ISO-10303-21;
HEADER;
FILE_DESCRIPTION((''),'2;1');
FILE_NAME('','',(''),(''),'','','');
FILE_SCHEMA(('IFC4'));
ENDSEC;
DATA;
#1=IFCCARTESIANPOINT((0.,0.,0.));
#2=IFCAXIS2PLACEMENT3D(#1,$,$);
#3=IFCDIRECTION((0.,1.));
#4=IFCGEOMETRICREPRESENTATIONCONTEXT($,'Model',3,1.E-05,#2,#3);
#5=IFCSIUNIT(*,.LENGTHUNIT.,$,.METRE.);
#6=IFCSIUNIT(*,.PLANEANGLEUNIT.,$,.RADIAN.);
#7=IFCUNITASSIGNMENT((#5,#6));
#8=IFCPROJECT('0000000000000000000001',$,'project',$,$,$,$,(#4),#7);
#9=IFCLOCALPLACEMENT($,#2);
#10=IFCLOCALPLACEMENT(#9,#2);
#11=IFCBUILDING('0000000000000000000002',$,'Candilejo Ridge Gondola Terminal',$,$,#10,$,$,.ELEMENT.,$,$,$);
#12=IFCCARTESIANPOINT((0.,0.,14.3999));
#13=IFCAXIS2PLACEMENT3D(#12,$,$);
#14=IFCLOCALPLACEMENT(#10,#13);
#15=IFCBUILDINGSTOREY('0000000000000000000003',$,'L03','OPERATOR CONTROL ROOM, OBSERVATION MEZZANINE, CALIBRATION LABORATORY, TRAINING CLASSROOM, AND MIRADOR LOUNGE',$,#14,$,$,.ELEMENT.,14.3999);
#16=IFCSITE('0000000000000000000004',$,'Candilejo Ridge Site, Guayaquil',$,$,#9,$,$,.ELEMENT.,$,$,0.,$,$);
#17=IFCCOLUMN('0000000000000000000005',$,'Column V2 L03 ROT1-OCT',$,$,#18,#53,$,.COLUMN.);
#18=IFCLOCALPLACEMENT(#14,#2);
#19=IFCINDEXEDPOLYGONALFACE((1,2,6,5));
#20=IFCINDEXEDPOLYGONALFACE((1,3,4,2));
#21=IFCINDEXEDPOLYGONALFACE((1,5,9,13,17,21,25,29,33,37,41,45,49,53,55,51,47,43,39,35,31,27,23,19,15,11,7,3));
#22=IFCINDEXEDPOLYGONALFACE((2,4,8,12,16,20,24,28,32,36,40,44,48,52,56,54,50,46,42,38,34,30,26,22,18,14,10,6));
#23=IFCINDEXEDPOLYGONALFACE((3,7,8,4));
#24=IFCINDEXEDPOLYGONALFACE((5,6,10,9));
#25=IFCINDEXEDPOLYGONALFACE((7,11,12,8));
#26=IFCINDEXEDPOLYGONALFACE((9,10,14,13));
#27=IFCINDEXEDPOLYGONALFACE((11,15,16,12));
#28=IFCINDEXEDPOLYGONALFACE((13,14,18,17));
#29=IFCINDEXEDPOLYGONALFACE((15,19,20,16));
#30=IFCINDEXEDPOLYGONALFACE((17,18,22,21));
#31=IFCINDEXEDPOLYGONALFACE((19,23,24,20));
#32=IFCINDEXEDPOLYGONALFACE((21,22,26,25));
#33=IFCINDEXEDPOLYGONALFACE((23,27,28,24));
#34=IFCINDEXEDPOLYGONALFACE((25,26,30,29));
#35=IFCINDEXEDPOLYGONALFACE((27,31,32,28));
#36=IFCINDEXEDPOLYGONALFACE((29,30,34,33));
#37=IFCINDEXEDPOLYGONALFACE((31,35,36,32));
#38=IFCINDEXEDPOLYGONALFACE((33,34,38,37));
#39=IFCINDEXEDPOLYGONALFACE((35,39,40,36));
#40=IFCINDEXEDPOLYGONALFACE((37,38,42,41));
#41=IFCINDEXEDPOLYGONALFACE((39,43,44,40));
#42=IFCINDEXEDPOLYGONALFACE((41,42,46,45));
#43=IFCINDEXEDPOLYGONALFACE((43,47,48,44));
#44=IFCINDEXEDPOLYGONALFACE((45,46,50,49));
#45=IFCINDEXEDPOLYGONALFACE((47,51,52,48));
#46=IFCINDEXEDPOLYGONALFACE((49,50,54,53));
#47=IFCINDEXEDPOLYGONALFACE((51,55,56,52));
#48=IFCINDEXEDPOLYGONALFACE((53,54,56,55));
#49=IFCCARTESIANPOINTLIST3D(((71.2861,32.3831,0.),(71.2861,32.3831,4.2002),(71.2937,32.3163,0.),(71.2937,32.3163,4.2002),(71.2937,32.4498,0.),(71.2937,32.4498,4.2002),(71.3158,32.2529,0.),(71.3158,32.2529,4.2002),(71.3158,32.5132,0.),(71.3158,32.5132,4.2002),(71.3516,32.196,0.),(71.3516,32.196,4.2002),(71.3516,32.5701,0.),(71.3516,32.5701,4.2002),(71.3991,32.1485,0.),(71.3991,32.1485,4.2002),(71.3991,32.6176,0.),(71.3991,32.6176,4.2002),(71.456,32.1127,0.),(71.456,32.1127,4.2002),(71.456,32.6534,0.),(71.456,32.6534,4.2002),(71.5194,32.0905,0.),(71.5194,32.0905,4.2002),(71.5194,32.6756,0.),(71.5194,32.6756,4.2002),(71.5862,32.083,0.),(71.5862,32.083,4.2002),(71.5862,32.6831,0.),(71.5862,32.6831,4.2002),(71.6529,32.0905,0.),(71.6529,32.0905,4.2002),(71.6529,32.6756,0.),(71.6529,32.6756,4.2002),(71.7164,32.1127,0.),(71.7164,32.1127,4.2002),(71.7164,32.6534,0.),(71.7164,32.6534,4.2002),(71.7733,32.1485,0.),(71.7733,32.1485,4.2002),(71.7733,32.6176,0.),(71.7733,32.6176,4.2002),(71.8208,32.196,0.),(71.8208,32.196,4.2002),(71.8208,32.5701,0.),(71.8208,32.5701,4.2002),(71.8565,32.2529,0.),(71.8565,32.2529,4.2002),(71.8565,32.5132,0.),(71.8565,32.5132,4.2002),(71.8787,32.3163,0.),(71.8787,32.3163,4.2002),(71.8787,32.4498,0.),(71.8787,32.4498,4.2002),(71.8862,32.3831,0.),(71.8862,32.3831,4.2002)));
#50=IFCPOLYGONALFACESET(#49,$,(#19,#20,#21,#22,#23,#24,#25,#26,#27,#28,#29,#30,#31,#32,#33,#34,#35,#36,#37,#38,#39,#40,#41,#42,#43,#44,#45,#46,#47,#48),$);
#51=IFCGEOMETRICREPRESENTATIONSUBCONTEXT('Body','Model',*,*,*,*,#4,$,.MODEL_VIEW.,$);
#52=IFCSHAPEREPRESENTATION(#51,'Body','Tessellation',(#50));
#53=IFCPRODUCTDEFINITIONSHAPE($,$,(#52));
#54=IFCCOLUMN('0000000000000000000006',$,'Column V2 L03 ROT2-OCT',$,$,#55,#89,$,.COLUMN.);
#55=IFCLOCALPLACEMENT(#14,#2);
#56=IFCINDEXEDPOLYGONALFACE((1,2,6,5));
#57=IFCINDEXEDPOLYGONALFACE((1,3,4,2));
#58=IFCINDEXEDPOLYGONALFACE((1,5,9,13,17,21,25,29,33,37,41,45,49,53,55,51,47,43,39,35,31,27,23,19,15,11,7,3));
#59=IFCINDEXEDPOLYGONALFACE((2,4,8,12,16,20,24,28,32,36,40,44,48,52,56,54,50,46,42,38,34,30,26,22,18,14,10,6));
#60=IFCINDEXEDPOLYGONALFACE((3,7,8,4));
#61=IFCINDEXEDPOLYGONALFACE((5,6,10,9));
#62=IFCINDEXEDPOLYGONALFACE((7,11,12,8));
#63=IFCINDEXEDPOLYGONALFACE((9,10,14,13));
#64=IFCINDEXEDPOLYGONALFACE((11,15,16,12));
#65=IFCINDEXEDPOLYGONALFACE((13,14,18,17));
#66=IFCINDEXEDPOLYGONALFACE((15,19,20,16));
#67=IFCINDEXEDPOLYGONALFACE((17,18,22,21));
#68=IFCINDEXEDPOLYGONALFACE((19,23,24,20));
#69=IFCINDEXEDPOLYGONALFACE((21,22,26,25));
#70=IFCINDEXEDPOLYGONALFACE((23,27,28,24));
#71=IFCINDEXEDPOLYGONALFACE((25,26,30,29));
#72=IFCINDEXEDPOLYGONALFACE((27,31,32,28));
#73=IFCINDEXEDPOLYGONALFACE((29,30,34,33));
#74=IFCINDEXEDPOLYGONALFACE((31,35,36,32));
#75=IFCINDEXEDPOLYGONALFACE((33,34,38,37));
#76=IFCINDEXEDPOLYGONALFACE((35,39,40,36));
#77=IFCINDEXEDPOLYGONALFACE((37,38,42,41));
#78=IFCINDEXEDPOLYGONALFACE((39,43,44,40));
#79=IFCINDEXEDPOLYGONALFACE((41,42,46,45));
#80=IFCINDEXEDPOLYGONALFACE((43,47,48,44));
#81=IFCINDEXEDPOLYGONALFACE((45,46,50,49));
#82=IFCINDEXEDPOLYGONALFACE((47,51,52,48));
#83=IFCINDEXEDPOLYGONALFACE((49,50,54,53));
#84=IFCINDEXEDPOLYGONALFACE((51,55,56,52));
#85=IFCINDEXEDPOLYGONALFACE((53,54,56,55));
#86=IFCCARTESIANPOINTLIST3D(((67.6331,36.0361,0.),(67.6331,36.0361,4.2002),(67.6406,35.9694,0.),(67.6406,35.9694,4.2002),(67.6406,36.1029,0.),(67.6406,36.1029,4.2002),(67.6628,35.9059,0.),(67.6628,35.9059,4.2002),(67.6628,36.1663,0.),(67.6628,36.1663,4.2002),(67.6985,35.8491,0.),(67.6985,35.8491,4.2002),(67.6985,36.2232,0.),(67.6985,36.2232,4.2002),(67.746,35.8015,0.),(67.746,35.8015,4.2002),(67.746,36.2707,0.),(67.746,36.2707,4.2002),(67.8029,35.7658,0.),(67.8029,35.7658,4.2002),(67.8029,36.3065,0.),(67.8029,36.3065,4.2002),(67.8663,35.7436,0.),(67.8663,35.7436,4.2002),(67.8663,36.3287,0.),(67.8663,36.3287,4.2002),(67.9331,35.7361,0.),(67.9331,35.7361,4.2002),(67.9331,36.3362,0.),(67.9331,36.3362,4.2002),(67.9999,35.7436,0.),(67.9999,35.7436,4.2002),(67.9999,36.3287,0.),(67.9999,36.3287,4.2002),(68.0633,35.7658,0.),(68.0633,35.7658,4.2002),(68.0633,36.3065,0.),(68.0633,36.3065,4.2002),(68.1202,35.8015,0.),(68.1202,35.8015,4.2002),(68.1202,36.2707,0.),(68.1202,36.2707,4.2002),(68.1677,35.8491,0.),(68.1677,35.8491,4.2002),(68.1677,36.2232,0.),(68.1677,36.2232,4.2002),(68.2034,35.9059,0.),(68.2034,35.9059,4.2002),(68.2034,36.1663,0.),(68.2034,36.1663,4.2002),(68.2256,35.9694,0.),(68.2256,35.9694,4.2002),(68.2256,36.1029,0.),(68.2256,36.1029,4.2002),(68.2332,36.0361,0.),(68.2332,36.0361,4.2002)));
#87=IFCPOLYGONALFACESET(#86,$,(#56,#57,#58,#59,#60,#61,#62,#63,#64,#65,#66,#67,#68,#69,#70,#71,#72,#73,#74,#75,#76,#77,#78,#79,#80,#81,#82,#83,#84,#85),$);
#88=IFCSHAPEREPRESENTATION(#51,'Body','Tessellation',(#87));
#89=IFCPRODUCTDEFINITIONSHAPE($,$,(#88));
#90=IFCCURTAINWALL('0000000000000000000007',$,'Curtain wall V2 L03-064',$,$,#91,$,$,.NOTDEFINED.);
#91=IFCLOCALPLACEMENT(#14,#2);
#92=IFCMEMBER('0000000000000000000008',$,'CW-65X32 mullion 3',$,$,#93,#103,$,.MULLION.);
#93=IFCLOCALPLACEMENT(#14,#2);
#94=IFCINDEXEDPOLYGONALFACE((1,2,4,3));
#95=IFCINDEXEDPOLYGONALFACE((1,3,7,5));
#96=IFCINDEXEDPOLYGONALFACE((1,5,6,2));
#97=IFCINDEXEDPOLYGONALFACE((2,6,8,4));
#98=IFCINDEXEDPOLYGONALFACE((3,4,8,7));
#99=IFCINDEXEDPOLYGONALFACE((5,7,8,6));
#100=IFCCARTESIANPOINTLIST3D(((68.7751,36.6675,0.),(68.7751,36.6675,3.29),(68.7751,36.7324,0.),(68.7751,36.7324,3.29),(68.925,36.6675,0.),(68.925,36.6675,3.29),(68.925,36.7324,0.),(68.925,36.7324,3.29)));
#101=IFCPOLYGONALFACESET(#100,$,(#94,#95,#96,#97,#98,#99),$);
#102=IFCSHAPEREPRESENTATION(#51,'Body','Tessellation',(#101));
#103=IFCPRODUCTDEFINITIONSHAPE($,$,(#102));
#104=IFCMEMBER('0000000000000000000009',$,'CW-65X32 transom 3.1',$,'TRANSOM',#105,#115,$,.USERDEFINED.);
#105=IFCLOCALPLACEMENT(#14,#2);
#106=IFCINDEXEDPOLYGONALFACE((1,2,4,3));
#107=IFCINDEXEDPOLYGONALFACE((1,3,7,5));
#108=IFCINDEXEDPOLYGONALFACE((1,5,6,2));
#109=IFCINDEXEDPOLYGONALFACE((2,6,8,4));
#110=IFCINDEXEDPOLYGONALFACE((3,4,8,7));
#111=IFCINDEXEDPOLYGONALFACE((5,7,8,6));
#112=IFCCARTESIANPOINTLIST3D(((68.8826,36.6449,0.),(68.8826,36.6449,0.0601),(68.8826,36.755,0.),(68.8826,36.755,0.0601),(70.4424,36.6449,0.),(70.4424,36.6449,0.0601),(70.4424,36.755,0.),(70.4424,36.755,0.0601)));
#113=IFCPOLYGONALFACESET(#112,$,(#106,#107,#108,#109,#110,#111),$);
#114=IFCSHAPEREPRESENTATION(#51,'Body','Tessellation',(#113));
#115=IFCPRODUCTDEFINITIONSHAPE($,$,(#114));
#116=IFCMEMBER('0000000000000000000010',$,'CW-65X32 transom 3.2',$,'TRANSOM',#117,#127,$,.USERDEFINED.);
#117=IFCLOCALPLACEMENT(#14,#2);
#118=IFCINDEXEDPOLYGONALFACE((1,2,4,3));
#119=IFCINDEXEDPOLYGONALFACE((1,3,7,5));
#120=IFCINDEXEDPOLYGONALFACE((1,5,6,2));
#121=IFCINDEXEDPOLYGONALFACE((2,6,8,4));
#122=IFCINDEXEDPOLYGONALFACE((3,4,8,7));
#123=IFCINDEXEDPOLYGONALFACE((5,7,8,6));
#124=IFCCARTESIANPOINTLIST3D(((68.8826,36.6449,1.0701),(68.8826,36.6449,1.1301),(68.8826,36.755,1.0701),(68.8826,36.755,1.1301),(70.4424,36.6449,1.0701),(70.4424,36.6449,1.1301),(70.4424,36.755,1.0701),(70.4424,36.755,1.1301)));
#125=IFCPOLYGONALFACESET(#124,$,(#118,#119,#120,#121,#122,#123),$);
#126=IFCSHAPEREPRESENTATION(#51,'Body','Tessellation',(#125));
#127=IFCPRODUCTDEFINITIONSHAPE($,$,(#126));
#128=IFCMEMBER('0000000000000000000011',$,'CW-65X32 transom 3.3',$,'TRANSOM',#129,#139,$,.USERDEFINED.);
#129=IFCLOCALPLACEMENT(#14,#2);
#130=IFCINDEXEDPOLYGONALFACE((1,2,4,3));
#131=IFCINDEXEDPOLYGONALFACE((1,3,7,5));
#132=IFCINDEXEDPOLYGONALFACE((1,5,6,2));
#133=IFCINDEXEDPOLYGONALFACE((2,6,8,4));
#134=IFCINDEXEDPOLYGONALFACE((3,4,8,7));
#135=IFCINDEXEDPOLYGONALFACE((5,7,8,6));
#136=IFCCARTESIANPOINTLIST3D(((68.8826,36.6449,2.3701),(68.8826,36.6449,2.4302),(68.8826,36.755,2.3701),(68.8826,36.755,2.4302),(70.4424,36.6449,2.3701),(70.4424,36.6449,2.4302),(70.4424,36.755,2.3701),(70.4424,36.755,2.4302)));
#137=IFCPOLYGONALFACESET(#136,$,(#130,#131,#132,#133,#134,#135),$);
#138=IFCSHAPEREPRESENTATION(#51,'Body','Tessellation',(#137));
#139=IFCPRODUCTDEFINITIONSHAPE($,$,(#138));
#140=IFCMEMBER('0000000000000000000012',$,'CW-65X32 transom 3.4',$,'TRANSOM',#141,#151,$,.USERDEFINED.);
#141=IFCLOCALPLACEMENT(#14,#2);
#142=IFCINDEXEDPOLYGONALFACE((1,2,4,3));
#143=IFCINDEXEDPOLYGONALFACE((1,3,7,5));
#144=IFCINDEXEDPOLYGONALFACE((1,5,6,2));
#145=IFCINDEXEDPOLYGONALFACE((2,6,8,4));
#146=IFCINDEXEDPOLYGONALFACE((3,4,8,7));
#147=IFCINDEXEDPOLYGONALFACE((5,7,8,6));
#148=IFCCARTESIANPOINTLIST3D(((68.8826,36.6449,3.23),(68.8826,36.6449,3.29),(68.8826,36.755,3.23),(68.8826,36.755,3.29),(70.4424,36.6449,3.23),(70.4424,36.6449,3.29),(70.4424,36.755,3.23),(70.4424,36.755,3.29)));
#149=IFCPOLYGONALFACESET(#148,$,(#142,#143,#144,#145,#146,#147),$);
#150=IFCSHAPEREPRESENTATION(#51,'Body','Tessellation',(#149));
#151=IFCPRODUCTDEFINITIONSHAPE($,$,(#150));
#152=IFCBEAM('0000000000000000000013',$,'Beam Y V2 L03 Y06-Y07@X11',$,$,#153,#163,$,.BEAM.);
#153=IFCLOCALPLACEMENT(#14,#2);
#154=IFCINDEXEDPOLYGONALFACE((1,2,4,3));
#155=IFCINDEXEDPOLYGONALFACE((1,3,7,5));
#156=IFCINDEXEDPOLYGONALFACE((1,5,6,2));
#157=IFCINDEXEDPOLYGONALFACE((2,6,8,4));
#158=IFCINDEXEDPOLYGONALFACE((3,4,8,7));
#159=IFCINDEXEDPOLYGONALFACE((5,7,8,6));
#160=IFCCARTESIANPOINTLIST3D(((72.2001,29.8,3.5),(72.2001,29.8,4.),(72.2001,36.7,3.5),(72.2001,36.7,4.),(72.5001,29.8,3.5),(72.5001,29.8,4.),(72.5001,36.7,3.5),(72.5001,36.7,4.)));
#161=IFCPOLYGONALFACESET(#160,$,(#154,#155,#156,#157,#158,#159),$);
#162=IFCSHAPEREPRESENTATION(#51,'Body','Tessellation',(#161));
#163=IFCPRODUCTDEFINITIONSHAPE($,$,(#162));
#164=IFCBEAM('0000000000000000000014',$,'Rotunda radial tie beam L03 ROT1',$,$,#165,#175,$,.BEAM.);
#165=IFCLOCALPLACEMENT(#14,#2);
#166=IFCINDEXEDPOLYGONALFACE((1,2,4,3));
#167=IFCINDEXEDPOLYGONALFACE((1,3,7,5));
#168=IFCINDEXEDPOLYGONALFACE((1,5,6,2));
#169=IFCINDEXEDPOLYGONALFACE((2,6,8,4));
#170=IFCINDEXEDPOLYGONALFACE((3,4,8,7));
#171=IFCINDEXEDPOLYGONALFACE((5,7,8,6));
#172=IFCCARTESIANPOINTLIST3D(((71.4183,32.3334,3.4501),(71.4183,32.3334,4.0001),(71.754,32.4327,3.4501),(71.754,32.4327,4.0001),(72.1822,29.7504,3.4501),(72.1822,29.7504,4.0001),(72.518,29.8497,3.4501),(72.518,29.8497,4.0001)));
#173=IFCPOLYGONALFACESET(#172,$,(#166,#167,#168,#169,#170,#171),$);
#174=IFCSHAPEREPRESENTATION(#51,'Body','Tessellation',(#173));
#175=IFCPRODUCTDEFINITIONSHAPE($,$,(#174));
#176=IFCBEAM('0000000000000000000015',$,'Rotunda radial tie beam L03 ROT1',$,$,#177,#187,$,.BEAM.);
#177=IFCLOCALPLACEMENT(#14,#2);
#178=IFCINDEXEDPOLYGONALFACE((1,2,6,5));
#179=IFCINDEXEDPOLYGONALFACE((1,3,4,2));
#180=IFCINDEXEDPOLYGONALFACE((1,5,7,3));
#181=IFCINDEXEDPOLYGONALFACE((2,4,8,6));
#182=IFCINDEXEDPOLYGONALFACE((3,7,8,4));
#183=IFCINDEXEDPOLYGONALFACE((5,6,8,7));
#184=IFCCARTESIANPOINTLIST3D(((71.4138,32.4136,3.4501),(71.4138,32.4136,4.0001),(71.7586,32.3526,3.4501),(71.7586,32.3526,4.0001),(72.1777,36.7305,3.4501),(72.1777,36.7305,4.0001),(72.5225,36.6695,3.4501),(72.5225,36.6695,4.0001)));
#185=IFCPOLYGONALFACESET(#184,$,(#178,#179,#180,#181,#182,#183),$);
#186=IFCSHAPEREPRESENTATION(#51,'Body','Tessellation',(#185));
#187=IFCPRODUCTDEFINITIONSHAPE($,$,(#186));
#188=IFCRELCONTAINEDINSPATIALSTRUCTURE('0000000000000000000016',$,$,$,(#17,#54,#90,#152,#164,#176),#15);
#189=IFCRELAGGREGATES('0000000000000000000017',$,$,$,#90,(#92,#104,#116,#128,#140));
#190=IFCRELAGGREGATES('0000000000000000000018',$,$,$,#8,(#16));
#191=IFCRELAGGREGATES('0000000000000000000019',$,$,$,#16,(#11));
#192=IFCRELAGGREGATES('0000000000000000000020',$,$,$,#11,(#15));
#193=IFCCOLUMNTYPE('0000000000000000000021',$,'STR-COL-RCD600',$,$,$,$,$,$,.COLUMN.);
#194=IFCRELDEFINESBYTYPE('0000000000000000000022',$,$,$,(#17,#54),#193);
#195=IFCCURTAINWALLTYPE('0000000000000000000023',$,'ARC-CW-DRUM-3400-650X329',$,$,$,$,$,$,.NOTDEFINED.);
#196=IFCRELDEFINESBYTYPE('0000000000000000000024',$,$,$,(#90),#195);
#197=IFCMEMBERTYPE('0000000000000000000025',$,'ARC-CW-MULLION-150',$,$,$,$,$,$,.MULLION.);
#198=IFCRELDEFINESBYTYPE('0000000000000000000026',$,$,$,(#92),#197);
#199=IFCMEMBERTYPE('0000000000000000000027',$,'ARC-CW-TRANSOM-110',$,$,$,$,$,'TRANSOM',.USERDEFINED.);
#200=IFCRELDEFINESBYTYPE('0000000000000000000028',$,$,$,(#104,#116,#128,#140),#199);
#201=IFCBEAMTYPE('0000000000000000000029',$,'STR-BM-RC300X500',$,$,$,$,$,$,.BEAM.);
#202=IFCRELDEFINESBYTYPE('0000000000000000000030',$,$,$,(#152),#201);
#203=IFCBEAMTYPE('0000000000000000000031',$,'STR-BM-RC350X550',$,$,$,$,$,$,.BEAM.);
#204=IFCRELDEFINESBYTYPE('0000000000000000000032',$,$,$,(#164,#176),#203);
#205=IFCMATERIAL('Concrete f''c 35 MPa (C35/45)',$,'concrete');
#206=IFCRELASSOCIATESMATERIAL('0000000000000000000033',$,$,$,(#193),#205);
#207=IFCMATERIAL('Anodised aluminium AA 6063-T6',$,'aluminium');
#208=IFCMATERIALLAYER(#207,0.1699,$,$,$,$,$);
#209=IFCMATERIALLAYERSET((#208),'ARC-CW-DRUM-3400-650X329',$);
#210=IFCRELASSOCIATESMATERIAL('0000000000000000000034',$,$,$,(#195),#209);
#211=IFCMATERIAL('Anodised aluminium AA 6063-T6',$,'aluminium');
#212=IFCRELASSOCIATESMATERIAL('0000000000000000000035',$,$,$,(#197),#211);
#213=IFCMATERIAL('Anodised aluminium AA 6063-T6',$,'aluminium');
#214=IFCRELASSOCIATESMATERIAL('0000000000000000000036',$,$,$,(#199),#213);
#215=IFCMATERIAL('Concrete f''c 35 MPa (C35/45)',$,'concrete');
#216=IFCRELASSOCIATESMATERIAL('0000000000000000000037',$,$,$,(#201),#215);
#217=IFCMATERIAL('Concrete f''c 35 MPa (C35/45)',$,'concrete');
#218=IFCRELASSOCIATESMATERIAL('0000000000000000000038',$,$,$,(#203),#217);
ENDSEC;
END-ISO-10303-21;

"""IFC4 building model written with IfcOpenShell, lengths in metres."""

from ifc_helpers import new_model, si_unit, direction, frame, origin, origin_2d, place, context, subcontext, project, spatial, rectangle, circle, extrude, material, layer, layer_set, material_profile, profile_set, type_object, element, aggregate, save


model = new_model("IFC4")

# Units and contexts
model_context = context("Model", 3, precision=1e-05, world=origin(), true_north=direction((0.0, 1.0)))
body_context = subcontext(model_context, "Body", "Model", "MODEL_VIEW")
ifc_project = project(units=[si_unit("LENGTHUNIT", "METRE"), si_unit("PLANEANGLEUNIT", "RADIAN")], contexts=[model_context])

# Site, building, storey
site_placement = place(None, origin())
site = spatial("IfcSite", under=ifc_project, at=site_placement, Name="Candilejo Ridge Site, Guayaquil", CompositionType="ELEMENT", RefElevation=0.0)
building_placement = place(site_placement, origin())
building = spatial("IfcBuilding", under=site, at=building_placement, Name="Candilejo Ridge Gondola Terminal", CompositionType="ELEMENT")
storey_placement = place(building_placement, frame((0.0, 0.0, 14.3999)))
storey = spatial("IfcBuildingStorey", under=building, at=storey_placement, Name="L03", Description="OPERATOR CONTROL ROOM, OBSERVATION MEZZANINE, CALIBRATION LABORATORY, TRAINING CLASSROOM, AND MIRADOR LOUNGE", CompositionType="ELEMENT", Elevation=14.3999)

# Columns
ifc_material_1 = material(Name="Concrete f'c 35 MPa (C35/45)", Category="concrete")
ifc_material_profile_1 = material_profile(ifc_material_1, circle(Radius=0.3, at=origin_2d()))
ifc_profile_set_1 = profile_set([ifc_material_profile_1], Name="Concrete f'c 35 MPa (C35/45)")
column_type = type_object("IfcColumnType", Name="STR-COL-RCD600", PredefinedType="COLUMN", material=ifc_profile_set_1)
for number, where, z_axis, x_axis, name in (
    (1, (71.5862, 32.3831, 0.0), (0.0, 0.0, 1.0), (1.0, 0.0, 0.0), "Column V2 L03 ROT1-OCT"),
    (2, (67.9331, 36.0361, 0.0), (0.0, 0.0, 1.0), (1.0, 0.0, 0.0), "Column V2 L03 ROT2-OCT"),
):
    element("IfcColumn", number, at=place(storey_placement, frame(where, z_axis=z_axis, x_axis=x_axis)), inside=storey, type_object=column_type, Name=name, PredefinedType="COLUMN", context=body_context, shape_type="SweptSolid", body=[
        extrude(circle(Radius=0.3, at=origin_2d()), origin(), (0.0, 0.0, 1.0), 4.2002),
    ])

# Curtain wall, members
ifc_material_2 = material(Name="Anodised aluminium AA 6063-T6", Category="aluminium")
ifc_layer_1 = layer(ifc_material_2, 0.1699)
ifc_layer_set_1 = layer_set([ifc_layer_1], Name="ARC-CW-DRUM-3400-650X329")
curtain_wall_type = type_object("IfcCurtainWallType", Name="ARC-CW-DRUM-3400-650X329", PredefinedType="NOTDEFINED", material=ifc_layer_set_1)
curtain_wall_placement = place(storey_placement, origin())
curtain_wall = element("IfcCurtainWall", 3, at=curtain_wall_placement, inside=storey, type_object=curtain_wall_type, Name="Curtain wall V2 L03-064", PredefinedType="NOTDEFINED")
ifc_material_3 = material(Name="Anodised aluminium AA 6063-T6", Category="aluminium")
ifc_material_profile_2 = material_profile(ifc_material_3, rectangle(XDim=0.0649, YDim=0.1499, at=origin_2d()))
ifc_profile_set_2 = profile_set([ifc_material_profile_2], Name="Anodised aluminium AA 6063-T6")
member_type_1 = type_object("IfcMemberType", Name="ARC-CW-MULLION-150", PredefinedType="MULLION", material=ifc_profile_set_2)
member_1_placement = place(storey_placement, frame((68.8501, 36.7, 0.0), z_axis=(0.0, 0.0, 1.0), x_axis=(0.0, 1.0, 0.0)))
member_1 = element("IfcMember", 4, at=member_1_placement, type_object=member_type_1, Name="CW-65X32 mullion 3", PredefinedType="MULLION", context=body_context, shape_type="SweptSolid", body=[
    extrude(rectangle(XDim=0.0649, YDim=0.1499, at=origin_2d()), origin(), (0.0, 0.0, 1.0), 3.29),
])
ifc_material_4 = material(Name="Anodised aluminium AA 6063-T6", Category="aluminium")
ifc_material_profile_3 = material_profile(ifc_material_4, rectangle(XDim=0.1101, YDim=0.0601, at=origin_2d()))
ifc_profile_set_3 = profile_set([ifc_material_profile_3], Name="Anodised aluminium AA 6063-T6")
member_type_2 = type_object("IfcMemberType", Name="ARC-CW-TRANSOM-110", ElementType="TRANSOM", PredefinedType="USERDEFINED", material=ifc_profile_set_3)
member_2_placement = place(storey_placement, frame((68.8826, 36.7, 0.03), z_axis=(1.0, 0.0, 0.0), x_axis=(0.0, 1.0, 0.0)))
member_2 = element("IfcMember", 5, at=member_2_placement, type_object=member_type_2, Name="CW-65X32 transom 3.1", ObjectType="TRANSOM", PredefinedType="USERDEFINED", context=body_context, shape_type="SweptSolid", body=[
    extrude(rectangle(XDim=0.1101, YDim=0.0601, at=origin_2d()), origin(), (0.0, 0.0, 1.0), 1.5598),
])
member_3_placement = place(storey_placement, frame((68.8826, 36.7, 1.1001), z_axis=(1.0, 0.0, 0.0), x_axis=(0.0, 1.0, 0.0)))
member_3 = element("IfcMember", 6, at=member_3_placement, type_object=member_type_2, Name="CW-65X32 transom 3.2", ObjectType="TRANSOM", PredefinedType="USERDEFINED", context=body_context, shape_type="SweptSolid", body=[
    extrude(rectangle(XDim=0.1101, YDim=0.0601, at=origin_2d()), origin(), (0.0, 0.0, 1.0), 1.5598),
])
member_4_placement = place(storey_placement, frame((68.8826, 36.7, 2.4001), z_axis=(1.0, 0.0, 0.0), x_axis=(0.0, 1.0, 0.0)))
member_4 = element("IfcMember", 7, at=member_4_placement, type_object=member_type_2, Name="CW-65X32 transom 3.3", ObjectType="TRANSOM", PredefinedType="USERDEFINED", context=body_context, shape_type="SweptSolid", body=[
    extrude(rectangle(XDim=0.1101, YDim=0.0601, at=origin_2d()), origin(), (0.0, 0.0, 1.0), 1.5598),
])
member_5_placement = place(storey_placement, frame((68.8826, 36.7, 3.26), z_axis=(1.0, 0.0, 0.0), x_axis=(0.0, 1.0, 0.0)))
member_5 = element("IfcMember", 8, at=member_5_placement, type_object=member_type_2, Name="CW-65X32 transom 3.4", ObjectType="TRANSOM", PredefinedType="USERDEFINED", context=body_context, shape_type="SweptSolid", body=[
    extrude(rectangle(XDim=0.1101, YDim=0.0601, at=origin_2d()), origin(), (0.0, 0.0, 1.0), 1.5598),
])

# Beams
ifc_material_5 = material(Name="Concrete f'c 35 MPa (C35/45)", Category="concrete")
ifc_material_profile_4 = material_profile(ifc_material_5, rectangle(XDim=0.3, YDim=0.5, at=origin_2d()))
ifc_profile_set_4 = profile_set([ifc_material_profile_4], Name="Concrete f'c 35 MPa (C35/45)")
beam_type_1 = type_object("IfcBeamType", Name="STR-BM-RC300X500", PredefinedType="BEAM", material=ifc_profile_set_4)
beam_1_placement = place(storey_placement, frame((72.3501, 29.8, 3.75), z_axis=(0.0, 1.0, 0.0), x_axis=(-1.0, 0.0, 0.0)))
element("IfcBeam", 9, at=beam_1_placement, inside=storey, type_object=beam_type_1, Name="Beam Y V2 L03 Y06-Y07@X11", PredefinedType="BEAM", context=body_context, shape_type="SweptSolid", body=[
    extrude(rectangle(XDim=0.3, YDim=0.5, at=origin_2d()), origin(), (0.0, 0.0, 1.0), 6.8999),
])
ifc_material_6 = material(Name="Concrete f'c 35 MPa (C35/45)", Category="concrete")
ifc_material_profile_5 = material_profile(ifc_material_6, rectangle(XDim=0.3501, YDim=0.55, at=origin_2d()))
ifc_profile_set_5 = profile_set([ifc_material_profile_5], Name="Concrete f'c 35 MPa (C35/45)")
beam_type_2 = type_object("IfcBeamType", Name="STR-BM-RC350X550", PredefinedType="BEAM", material=ifc_profile_set_5)
beam_2_placement = place(storey_placement, frame((71.5862, 32.3831, 3.7251), z_axis=(0.283604, -0.958942, 0.0), x_axis=(0.958942, 0.283604, 0.0)))
element("IfcBeam", 10, at=beam_2_placement, inside=storey, type_object=beam_type_2, Name="Rotunda radial tie beam L03 ROT1", PredefinedType="BEAM", context=body_context, shape_type="SweptSolid", body=[
    extrude(rectangle(XDim=0.3501, YDim=0.55, at=origin_2d()), origin(), (0.0, 0.0, 1.0), 2.6936),
])
beam_3_placement = place(storey_placement, frame((71.5862, 32.3831, 3.7251), z_axis=(0.174252, 0.984701, 0.0), x_axis=(-0.984701, 0.174252, 0.0)))
element("IfcBeam", 11, at=beam_3_placement, inside=storey, type_object=beam_type_2, Name="Rotunda radial tie beam L03 ROT1", PredefinedType="BEAM", context=body_context, shape_type="SweptSolid", body=[
    extrude(rectangle(XDim=0.3501, YDim=0.55, at=origin_2d()), origin(), (0.0, 0.0, 1.0), 4.384),
])

aggregate(curtain_wall, [member_1, member_2, member_3, member_4, member_5])

save(model, "model.ifc")
